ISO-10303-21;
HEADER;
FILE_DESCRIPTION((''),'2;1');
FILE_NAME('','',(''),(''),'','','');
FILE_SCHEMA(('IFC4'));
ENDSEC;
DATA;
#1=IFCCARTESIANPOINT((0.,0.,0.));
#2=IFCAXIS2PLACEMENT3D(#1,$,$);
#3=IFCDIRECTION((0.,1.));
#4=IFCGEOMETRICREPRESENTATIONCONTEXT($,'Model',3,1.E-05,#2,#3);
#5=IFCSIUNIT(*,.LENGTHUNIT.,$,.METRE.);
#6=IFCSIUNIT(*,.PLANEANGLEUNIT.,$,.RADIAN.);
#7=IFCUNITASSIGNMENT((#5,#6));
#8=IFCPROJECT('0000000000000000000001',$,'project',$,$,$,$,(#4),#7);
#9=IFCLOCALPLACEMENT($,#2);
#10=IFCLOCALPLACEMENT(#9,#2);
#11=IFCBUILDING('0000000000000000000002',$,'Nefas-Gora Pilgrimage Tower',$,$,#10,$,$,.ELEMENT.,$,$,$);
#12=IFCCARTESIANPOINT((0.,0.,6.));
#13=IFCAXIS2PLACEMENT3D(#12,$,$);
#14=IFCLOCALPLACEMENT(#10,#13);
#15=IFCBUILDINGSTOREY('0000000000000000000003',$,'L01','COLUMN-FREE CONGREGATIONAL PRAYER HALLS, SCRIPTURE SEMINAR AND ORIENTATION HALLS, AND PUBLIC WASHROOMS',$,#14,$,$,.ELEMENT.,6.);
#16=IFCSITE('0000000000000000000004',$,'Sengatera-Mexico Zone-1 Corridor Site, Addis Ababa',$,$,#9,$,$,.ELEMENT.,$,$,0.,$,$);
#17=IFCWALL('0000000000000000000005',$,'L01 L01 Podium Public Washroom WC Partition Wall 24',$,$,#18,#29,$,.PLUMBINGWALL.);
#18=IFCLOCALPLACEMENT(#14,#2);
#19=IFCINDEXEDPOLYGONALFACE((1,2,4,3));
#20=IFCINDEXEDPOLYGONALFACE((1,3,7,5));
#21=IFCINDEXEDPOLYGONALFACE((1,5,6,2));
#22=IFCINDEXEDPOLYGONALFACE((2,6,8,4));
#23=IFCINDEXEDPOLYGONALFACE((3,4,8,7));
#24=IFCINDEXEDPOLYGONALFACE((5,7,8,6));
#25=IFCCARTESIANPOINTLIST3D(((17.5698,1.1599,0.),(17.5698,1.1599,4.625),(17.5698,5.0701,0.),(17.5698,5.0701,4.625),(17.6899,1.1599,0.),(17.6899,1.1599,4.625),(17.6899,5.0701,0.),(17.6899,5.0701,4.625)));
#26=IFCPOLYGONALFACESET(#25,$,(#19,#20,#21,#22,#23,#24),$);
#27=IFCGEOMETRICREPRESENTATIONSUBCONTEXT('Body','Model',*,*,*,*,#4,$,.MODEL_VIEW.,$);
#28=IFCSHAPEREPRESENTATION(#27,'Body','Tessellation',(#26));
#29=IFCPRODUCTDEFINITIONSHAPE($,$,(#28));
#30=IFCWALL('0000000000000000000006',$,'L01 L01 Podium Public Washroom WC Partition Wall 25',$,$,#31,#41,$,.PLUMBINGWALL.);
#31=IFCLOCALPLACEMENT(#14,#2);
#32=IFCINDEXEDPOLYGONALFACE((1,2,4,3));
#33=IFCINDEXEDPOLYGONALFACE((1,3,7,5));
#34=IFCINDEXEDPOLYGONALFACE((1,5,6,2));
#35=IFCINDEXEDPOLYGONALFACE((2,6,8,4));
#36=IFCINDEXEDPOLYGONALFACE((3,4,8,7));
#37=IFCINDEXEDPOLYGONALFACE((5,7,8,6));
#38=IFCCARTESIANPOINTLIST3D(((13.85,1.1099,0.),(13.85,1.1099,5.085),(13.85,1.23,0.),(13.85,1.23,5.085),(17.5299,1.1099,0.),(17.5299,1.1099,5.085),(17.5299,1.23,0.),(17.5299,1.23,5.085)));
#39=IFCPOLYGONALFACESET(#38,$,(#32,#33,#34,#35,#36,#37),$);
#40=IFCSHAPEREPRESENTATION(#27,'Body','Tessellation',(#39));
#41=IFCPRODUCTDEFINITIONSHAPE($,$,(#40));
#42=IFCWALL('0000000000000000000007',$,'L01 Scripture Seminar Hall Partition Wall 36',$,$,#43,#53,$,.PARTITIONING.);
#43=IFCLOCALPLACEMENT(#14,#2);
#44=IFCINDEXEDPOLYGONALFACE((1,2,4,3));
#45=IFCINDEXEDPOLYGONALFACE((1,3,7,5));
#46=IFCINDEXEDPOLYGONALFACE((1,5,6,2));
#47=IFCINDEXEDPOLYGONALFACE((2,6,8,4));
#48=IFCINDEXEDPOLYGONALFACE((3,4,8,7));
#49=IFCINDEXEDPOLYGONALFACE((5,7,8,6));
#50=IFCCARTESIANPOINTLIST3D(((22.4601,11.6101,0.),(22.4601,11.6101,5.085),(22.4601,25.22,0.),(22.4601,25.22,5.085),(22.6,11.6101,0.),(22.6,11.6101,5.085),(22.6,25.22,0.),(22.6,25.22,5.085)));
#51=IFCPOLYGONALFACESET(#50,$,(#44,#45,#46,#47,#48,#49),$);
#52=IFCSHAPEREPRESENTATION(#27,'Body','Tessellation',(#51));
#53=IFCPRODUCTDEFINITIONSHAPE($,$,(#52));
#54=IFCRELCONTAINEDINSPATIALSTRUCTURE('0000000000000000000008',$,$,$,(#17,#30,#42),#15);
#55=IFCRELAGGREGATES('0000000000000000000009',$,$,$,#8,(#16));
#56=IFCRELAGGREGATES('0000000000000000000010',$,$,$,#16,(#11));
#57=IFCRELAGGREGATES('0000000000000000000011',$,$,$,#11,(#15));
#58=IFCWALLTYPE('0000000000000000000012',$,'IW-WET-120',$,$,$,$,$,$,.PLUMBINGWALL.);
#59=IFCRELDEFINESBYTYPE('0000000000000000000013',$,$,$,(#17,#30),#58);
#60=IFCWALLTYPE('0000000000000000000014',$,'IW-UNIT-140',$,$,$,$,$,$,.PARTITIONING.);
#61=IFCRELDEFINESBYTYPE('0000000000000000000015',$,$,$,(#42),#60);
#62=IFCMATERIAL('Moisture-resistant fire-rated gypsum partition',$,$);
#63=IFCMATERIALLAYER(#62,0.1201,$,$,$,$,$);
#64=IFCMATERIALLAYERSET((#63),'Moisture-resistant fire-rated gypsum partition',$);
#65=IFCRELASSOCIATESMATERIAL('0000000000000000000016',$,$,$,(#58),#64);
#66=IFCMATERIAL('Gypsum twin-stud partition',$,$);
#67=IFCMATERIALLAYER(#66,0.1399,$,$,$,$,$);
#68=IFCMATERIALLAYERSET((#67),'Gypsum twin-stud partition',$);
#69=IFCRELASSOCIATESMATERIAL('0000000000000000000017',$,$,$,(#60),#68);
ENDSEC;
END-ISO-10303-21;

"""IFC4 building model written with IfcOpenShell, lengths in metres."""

from ifc_helpers import new_model, si_unit, direction, frame, frame_2d, origin, place, context, subcontext, project, spatial, rectangle, extrude, source, transform, mapped, material, layer, layer_set, type_object, element, save


model = new_model("IFC4")

# Units and contexts
model_context = context("Model", 3, precision=1e-05, world=origin(), true_north=direction((0.0, 1.0)))
body_context = subcontext(model_context, "Body", "Model", "MODEL_VIEW")
ifc_project = project(units=[si_unit("LENGTHUNIT", "METRE"), si_unit("PLANEANGLEUNIT", "RADIAN")], contexts=[model_context])

# Site, building, storey
site_placement = place(None, origin())
site = spatial("IfcSite", under=ifc_project, at=site_placement, Name="Sengatera-Mexico Zone-1 Corridor Site, Addis Ababa", CompositionType="ELEMENT", RefElevation=0.0)
building_placement = place(site_placement, origin())
building = spatial("IfcBuilding", under=site, at=building_placement, Name="Nefas-Gora Pilgrimage Tower", CompositionType="ELEMENT")
storey_placement = place(building_placement, frame((0.0, 0.0, 6.0)))
storey = spatial("IfcBuildingStorey", under=building, at=storey_placement, Name="L01", Description="COLUMN-FREE CONGREGATIONAL PRAYER HALLS, SCRIPTURE SEMINAR AND ORIENTATION HALLS, AND PUBLIC WASHROOMS", CompositionType="ELEMENT", Elevation=6.0)

# Shared definitions
ifc_material_1 = material(Name="Moisture-resistant fire-rated gypsum partition")
ifc_layer_1 = layer(ifc_material_1, 0.1201)
ifc_layer_set_1 = layer_set([ifc_layer_1], Name="Moisture-resistant fire-rated gypsum partition")
wall_type_1 = type_object("IfcWallType", Name="IW-WET-120", PredefinedType="PLUMBINGWALL", material=ifc_layer_set_1)

# Walls
shared_shape_1 = source(origin(), body_context, "Body", "SweptSolid", [
    extrude(rectangle(XDim=3.9102, YDim=0.1201, at=frame_2d((1.9551, 0.0))), origin(), (0.0, 0.0, 1.0), 4.625),
])
wall_1_placement = place(storey_placement, frame((17.6299, 1.1599, 0.0), z_axis=(0.0, 0.0, 1.0), x_axis=(0.0, 1.0, 0.0)))
element("IfcWall", 1, at=wall_1_placement, inside=storey, type_object=wall_type_1, Name="L01 L01 Podium Public Washroom WC Partition Wall 24", PredefinedType="PLUMBINGWALL", context=body_context, shape_type="MappedRepresentation", body=[
    mapped(shared_shape_1, transform((0.0, 0.0, 0.0), x_axis=(1.0, 0.0, 0.0), y_axis=(0.0, 1.0, 0.0), z_axis=(0.0, 0.0, 1.0), scale=1.0)),
])
shared_shape_2 = source(origin(), body_context, "Body", "SweptSolid", [
    extrude(rectangle(XDim=3.6799, YDim=0.1201, at=frame_2d((1.8398, 0.0))), origin(), (0.0, 0.0, 1.0), 5.085),
])
wall_2_placement = place(storey_placement, frame((13.8501, 1.1699, 0.0), z_axis=(0.0, 0.0, 1.0), x_axis=(1.0, 0.0, 0.0)))
element("IfcWall", 2, at=wall_2_placement, inside=storey, type_object=wall_type_1, Name="L01 L01 Podium Public Washroom WC Partition Wall 25", PredefinedType="PLUMBINGWALL", context=body_context, shape_type="MappedRepresentation", body=[
    mapped(shared_shape_2, transform((0.0, 0.0, 0.0), x_axis=(1.0, 0.0, 0.0), y_axis=(0.0, 1.0, 0.0), z_axis=(0.0, 0.0, 1.0), scale=1.0)),
])
ifc_material_2 = material(Name="Gypsum twin-stud partition")
ifc_layer_2 = layer(ifc_material_2, 0.1399)
ifc_layer_set_2 = layer_set([ifc_layer_2], Name="Gypsum twin-stud partition")
wall_type_2 = type_object("IfcWallType", Name="IW-UNIT-140", PredefinedType="PARTITIONING", material=ifc_layer_set_2)
shared_shape_3 = source(origin(), body_context, "Body", "SweptSolid", [
    extrude(rectangle(XDim=13.6099, YDim=0.1399, at=frame_2d((6.8049, 0.0))), origin(), (0.0, 0.0, 1.0), 5.085),
])
wall_3_placement = place(storey_placement, frame((22.53, 11.6101, 0.0), z_axis=(0.0, 0.0, 1.0), x_axis=(0.0, 1.0, 0.0)))
element("IfcWall", 3, at=wall_3_placement, inside=storey, type_object=wall_type_2, Name="L01 Scripture Seminar Hall Partition Wall 36", PredefinedType="PARTITIONING", context=body_context, shape_type="MappedRepresentation", body=[
    mapped(shared_shape_3, transform((0.0, 0.0, 0.0), x_axis=(1.0, 0.0, 0.0), y_axis=(0.0, 1.0, 0.0), z_axis=(0.0, 0.0, 1.0), scale=1.0)),
])

save(model, "model.ifc")
